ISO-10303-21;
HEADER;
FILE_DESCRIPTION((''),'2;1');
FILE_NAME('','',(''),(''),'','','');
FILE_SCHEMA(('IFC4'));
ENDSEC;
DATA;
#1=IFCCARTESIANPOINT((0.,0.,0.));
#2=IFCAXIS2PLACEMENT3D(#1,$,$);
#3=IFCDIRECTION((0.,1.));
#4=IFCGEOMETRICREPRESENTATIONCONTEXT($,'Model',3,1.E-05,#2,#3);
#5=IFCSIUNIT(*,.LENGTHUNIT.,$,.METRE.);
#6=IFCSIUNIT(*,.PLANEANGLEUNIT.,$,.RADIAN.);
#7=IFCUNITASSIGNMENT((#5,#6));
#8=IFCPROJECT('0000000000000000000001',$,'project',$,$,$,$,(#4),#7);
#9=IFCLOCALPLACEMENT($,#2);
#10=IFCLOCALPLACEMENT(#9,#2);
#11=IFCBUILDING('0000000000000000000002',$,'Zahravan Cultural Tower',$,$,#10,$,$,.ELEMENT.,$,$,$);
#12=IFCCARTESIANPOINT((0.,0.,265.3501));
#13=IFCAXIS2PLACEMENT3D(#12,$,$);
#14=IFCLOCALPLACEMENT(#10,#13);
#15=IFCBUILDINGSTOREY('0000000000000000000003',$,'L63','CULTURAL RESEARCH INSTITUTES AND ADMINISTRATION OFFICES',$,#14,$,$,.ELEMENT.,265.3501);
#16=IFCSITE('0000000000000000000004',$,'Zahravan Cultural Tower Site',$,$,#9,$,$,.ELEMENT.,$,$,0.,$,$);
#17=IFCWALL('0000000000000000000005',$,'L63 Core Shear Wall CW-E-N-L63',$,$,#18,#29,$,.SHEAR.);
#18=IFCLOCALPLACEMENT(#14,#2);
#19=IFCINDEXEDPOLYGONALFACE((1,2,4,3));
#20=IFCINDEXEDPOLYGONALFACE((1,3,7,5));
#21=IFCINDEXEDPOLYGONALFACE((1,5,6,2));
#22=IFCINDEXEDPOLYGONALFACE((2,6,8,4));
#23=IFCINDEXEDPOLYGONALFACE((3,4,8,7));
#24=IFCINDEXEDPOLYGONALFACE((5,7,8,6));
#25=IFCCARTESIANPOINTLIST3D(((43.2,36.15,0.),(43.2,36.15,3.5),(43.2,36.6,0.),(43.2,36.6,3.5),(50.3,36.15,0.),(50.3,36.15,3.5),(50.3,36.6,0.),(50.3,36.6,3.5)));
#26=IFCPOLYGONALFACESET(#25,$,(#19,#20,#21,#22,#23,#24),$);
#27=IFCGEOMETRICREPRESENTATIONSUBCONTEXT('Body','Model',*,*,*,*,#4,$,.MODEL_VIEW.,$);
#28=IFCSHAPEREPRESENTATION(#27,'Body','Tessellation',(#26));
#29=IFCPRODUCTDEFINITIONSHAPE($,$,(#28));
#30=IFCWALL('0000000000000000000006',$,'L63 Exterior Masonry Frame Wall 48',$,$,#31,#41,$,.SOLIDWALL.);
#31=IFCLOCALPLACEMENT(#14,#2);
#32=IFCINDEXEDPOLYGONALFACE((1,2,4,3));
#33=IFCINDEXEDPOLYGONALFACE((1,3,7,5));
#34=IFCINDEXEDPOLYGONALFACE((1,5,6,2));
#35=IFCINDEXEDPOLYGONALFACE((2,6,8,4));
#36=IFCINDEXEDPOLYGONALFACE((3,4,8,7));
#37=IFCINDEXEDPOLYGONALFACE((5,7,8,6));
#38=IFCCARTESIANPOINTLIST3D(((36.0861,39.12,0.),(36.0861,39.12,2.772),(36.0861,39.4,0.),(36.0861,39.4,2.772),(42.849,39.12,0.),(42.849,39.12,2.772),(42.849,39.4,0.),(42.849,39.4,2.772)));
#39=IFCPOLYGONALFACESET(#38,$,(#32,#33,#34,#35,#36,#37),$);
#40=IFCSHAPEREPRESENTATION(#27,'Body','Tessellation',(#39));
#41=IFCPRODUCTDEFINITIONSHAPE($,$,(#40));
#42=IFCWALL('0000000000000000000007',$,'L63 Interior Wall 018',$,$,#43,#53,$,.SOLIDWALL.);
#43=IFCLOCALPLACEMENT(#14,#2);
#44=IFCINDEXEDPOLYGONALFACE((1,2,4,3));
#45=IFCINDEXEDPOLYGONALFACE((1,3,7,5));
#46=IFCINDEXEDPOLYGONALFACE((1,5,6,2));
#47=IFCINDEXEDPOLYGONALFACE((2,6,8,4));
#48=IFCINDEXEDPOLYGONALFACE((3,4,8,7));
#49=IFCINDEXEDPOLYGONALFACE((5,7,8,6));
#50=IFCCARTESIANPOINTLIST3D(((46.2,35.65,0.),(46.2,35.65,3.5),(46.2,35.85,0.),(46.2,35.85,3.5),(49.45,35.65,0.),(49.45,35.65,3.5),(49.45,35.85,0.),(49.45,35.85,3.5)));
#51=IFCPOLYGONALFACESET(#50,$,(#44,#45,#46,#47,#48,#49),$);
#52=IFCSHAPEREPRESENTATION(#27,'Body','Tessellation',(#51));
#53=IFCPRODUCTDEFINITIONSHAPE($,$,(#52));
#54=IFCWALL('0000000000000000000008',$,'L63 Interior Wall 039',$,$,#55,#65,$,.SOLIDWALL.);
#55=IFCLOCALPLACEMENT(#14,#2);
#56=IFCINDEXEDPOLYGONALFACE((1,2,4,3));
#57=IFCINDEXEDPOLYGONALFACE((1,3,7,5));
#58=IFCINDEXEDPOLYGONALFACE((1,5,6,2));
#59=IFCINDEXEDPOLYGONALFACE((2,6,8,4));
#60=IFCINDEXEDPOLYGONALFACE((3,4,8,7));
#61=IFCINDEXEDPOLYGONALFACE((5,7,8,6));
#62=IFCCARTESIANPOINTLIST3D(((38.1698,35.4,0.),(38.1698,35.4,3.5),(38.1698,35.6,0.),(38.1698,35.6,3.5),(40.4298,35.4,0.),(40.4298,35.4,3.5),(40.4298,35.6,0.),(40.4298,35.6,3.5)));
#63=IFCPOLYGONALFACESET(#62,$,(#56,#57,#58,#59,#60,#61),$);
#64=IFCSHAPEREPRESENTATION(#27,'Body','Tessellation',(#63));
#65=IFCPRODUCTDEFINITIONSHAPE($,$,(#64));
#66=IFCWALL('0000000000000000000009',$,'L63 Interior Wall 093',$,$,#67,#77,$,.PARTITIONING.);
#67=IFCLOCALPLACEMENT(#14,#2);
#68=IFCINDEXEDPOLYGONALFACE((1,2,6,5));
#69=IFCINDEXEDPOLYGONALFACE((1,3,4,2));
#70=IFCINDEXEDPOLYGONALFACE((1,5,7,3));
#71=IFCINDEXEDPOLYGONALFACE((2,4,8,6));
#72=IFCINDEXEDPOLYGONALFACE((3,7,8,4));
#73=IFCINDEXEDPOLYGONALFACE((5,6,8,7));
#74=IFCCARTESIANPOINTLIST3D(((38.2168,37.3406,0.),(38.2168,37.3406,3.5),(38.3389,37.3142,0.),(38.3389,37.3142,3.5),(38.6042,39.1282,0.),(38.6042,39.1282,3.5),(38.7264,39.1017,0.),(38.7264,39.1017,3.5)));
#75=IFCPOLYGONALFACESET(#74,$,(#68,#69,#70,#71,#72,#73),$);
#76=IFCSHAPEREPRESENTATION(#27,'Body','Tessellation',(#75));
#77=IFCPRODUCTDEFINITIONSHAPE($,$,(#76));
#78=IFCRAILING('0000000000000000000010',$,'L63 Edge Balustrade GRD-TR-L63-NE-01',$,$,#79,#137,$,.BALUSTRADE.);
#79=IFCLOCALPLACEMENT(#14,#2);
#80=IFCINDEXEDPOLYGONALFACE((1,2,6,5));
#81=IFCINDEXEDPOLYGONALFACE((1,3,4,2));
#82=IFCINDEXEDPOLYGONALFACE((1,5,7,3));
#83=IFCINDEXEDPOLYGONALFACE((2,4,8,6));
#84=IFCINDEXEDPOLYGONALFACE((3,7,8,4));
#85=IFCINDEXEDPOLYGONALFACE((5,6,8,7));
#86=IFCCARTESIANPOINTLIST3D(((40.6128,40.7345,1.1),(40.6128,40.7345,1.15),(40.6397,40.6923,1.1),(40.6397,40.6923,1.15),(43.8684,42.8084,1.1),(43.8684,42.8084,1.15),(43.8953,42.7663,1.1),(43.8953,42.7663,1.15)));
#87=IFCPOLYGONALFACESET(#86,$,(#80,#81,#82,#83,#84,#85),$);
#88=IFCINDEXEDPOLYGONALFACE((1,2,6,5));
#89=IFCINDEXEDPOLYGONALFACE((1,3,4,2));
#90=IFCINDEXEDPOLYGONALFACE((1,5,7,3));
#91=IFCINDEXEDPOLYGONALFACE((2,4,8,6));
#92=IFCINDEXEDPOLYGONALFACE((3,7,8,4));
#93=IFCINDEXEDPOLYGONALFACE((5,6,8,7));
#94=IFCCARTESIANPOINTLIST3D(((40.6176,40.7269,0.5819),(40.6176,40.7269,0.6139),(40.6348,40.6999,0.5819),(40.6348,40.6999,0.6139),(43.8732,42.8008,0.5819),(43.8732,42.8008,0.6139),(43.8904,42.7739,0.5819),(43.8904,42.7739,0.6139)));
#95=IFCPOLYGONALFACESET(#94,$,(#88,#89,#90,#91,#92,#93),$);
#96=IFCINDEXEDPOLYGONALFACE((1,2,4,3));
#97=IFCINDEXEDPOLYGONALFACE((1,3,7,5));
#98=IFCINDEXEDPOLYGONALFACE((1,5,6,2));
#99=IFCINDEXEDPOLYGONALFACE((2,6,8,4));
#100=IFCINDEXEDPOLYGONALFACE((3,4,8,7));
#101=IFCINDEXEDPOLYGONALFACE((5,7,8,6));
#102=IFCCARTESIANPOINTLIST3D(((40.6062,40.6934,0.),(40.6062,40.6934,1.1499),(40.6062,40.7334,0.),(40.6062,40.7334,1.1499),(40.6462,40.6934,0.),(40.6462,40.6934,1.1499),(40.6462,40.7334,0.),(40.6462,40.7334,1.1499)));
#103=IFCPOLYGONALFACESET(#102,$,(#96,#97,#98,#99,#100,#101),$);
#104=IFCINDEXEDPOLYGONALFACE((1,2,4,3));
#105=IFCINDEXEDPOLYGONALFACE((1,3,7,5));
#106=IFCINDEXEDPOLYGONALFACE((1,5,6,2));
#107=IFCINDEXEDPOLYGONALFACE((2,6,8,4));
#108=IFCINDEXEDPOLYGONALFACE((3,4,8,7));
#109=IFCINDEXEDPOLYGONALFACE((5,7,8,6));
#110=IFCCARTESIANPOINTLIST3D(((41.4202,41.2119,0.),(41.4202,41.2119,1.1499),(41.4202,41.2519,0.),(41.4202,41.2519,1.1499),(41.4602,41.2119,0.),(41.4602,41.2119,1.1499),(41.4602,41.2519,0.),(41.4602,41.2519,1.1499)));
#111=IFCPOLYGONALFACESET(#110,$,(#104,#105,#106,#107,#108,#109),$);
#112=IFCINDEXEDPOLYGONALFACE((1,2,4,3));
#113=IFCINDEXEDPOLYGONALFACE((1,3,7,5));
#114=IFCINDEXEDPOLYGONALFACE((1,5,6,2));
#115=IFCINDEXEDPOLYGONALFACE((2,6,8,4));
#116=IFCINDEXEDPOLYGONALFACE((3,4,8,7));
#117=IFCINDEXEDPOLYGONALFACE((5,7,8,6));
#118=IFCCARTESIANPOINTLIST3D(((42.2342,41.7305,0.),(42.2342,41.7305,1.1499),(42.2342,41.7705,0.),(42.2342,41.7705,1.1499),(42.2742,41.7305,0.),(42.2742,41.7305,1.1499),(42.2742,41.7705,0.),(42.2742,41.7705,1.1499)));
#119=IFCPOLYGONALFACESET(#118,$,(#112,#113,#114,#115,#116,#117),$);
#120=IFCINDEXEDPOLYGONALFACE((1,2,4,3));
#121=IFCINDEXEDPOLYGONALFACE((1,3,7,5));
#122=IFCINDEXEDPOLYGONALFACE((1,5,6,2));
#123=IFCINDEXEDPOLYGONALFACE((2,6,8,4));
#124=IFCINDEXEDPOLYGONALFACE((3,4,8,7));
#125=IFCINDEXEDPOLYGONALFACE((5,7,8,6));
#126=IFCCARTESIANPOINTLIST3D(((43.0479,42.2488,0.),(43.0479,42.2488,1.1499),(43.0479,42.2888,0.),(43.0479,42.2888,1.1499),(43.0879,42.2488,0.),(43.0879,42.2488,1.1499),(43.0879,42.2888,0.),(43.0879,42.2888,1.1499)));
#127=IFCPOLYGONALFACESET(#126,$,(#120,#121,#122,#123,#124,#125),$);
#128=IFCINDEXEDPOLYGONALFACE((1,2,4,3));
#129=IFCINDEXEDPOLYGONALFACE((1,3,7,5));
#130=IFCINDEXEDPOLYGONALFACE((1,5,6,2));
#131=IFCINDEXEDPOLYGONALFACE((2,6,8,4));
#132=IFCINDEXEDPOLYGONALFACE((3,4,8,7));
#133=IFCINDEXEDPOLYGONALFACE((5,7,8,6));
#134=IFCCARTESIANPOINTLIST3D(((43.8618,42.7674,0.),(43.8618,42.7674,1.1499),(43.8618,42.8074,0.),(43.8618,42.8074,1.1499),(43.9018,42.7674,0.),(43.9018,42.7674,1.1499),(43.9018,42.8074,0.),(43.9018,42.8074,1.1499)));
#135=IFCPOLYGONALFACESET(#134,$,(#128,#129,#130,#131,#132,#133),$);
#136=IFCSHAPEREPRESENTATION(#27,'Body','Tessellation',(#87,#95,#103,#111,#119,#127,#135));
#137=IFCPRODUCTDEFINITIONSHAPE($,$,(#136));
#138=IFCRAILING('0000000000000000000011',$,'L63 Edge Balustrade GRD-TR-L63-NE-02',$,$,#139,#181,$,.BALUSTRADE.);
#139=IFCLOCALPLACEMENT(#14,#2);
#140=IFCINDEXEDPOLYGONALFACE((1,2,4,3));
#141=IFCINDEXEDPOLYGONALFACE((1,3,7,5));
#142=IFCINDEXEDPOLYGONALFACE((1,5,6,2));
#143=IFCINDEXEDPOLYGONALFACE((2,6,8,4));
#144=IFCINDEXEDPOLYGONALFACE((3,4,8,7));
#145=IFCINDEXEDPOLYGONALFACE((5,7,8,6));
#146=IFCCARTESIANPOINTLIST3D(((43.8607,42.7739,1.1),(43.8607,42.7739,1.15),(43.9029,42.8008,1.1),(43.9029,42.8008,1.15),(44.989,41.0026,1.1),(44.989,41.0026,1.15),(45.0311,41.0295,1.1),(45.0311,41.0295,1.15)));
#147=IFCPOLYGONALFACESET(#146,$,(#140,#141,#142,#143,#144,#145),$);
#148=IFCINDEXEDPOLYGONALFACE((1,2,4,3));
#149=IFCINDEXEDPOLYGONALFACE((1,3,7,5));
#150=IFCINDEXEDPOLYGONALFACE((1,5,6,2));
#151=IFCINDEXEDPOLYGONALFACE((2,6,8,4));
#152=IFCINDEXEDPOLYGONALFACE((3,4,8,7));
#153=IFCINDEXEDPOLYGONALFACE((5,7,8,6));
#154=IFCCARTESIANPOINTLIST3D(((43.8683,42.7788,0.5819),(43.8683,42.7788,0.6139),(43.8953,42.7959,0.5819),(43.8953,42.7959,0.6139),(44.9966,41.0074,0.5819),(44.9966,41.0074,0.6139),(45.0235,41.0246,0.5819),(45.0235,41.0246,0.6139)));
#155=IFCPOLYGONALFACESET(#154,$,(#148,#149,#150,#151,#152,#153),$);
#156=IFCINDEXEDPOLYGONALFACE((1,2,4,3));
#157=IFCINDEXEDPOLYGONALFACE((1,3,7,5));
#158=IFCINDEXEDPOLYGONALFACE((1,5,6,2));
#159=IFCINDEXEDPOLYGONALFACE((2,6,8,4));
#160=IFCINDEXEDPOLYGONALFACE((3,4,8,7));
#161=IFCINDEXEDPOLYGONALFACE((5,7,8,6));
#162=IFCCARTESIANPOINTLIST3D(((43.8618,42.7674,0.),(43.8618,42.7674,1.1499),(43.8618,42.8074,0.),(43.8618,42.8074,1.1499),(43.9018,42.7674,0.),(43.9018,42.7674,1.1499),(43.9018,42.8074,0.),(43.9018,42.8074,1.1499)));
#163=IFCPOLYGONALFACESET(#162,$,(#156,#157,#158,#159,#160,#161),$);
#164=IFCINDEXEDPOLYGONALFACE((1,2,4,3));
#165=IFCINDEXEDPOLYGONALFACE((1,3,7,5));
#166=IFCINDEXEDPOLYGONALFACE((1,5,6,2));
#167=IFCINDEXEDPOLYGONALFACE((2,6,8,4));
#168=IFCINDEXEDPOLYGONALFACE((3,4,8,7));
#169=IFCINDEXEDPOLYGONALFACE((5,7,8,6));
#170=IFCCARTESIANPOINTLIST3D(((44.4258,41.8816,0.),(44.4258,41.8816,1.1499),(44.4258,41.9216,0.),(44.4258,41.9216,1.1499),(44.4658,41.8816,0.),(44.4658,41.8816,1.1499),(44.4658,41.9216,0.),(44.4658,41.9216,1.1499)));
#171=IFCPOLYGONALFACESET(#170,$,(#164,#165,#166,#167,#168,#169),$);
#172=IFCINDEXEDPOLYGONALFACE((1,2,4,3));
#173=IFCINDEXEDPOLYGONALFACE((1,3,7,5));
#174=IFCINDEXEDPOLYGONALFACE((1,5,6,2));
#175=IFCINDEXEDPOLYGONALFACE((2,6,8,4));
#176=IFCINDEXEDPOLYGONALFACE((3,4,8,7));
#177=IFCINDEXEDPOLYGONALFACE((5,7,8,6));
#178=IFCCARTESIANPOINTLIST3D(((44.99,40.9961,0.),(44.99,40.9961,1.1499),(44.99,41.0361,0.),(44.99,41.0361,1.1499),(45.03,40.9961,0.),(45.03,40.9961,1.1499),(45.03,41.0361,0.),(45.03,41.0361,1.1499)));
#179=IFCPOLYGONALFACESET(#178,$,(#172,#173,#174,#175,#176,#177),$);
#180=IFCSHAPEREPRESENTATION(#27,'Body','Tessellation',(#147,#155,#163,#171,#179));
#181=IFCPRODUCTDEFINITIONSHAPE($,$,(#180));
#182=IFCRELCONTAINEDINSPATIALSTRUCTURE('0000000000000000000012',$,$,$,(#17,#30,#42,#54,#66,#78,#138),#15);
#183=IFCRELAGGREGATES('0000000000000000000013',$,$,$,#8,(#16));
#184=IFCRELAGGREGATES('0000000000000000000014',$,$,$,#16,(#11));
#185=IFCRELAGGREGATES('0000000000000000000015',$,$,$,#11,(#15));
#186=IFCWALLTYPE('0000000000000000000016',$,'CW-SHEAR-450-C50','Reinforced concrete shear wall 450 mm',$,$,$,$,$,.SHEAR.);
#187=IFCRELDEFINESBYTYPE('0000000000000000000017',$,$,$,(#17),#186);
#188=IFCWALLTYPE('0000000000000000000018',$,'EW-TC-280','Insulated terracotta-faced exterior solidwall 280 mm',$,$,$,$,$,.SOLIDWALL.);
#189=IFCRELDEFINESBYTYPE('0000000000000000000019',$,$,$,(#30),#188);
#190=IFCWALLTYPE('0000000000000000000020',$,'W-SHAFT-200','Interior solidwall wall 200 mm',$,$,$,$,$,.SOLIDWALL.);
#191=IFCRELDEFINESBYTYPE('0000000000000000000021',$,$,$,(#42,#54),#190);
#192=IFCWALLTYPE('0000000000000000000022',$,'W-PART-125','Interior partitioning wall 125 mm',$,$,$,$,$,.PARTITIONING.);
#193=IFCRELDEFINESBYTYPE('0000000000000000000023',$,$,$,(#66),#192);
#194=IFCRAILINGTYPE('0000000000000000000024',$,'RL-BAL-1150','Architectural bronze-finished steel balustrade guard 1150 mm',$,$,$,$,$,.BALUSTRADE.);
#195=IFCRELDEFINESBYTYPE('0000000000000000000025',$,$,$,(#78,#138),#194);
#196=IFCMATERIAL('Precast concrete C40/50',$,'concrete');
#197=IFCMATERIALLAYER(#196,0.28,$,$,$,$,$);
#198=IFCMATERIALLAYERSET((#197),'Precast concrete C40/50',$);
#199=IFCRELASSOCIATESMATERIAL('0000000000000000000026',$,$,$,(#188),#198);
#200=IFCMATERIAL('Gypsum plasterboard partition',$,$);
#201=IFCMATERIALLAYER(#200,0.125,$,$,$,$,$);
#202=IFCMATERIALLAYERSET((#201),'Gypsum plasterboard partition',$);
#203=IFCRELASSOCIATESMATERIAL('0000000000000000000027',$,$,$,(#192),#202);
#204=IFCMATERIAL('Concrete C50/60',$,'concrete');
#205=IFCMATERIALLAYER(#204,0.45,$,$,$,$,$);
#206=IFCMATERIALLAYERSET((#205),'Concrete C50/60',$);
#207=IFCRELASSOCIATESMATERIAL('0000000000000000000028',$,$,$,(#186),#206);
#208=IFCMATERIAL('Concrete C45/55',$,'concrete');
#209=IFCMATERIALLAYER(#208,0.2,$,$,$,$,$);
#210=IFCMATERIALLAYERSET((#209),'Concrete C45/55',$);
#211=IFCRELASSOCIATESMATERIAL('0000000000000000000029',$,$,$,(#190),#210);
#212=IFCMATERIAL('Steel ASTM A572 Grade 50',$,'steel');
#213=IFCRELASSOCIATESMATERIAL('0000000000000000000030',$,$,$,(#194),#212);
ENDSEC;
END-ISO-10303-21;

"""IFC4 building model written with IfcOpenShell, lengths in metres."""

from ifc_helpers import new_model, si_unit, direction, frame, frame_2d, origin, origin_2d, place, context, subcontext, project, spatial, rectangle, extrude, source, transform, mapped, material, layer, layer_set, type_object, element, save


model = new_model("IFC4")

# Units and contexts
model_context = context("Model", 3, precision=1e-05, world=origin(), true_north=direction((0.0, 1.0)))
body_context = subcontext(model_context, "Body", "Model", "MODEL_VIEW")
ifc_project = project(units=[si_unit("LENGTHUNIT", "METRE"), si_unit("PLANEANGLEUNIT", "RADIAN")], contexts=[model_context])

# Site, building, storey
site_placement = place(None, origin())
site = spatial("IfcSite", under=ifc_project, at=site_placement, Name="Zahravan Cultural Tower Site", CompositionType="ELEMENT", RefElevation=0.0)
building_placement = place(site_placement, origin())
building = spatial("IfcBuilding", under=site, at=building_placement, Name="Zahravan Cultural Tower", CompositionType="ELEMENT")
storey_placement = place(building_placement, frame((0.0, 0.0, 265.3501)))
storey = spatial("IfcBuildingStorey", under=building, at=storey_placement, Name="L63", Description="CULTURAL RESEARCH INSTITUTES AND ADMINISTRATION OFFICES", CompositionType="ELEMENT", Elevation=265.3501)

# Shared definitions
ifc_material_1 = material(Name="Concrete C50/60", Category="concrete")

# Shared definitions
ifc_material_2 = material(Name="Concrete C45/55", Category="concrete")

# Shared definitions
ifc_material_3 = material(Name="Precast concrete C40/50", Category="concrete")
ifc_layer_1 = layer(ifc_material_3, 0.28)
ifc_layer_set_1 = layer_set([ifc_layer_1], Name="Precast concrete C40/50")
wall_type_1 = type_object("IfcWallType", Name="EW-TC-280", Description="Insulated terracotta-faced exterior solidwall 280 mm", PredefinedType="SOLIDWALL", material=ifc_layer_set_1)
ifc_material_4 = material(Name="Gypsum plasterboard partition")
ifc_layer_2 = layer(ifc_material_4, 0.125)
ifc_layer_set_2 = layer_set([ifc_layer_2], Name="Gypsum plasterboard partition")
wall_type_2 = type_object("IfcWallType", Name="W-PART-125", Description="Interior partitioning wall 125 mm", PredefinedType="PARTITIONING", material=ifc_layer_set_2)

# Walls
ifc_layer_3 = layer(ifc_material_1, 0.45)
ifc_layer_set_3 = layer_set([ifc_layer_3], Name="Concrete C50/60")
wall_type_3 = type_object("IfcWallType", Name="CW-SHEAR-450-C50", Description="Reinforced concrete shear wall 450 mm", PredefinedType="SHEAR", material=ifc_layer_set_3)
shared_shape_1 = source(origin(), body_context, "Body", "SweptSolid", [
    extrude(rectangle(XDim=7.1001, YDim=0.45, at=frame_2d((3.55, 0.0))), origin(), (0.0, 0.0, 1.0), 3.5),
])
wall_1_placement = place(storey_placement, frame((43.2, 36.375, 0.0), z_axis=(0.0, 0.0, 1.0), x_axis=(1.0, 0.0, 0.0)))
element("IfcWall", 1, at=wall_1_placement, inside=storey, type_object=wall_type_3, Name="L63 Core Shear Wall CW-E-N-L63", PredefinedType="SHEAR", context=body_context, shape_type="MappedRepresentation", body=[
    mapped(shared_shape_1, transform((0.0, 0.0, 0.0), x_axis=(1.0, 0.0, 0.0), y_axis=(0.0, 1.0, 0.0), z_axis=(0.0, 0.0, 1.0), scale=1.0)),
])
shared_shape_2 = source(origin(), body_context, "Body", "SweptSolid", [
    extrude(rectangle(XDim=6.7629, YDim=0.28, at=frame_2d((3.3813, 0.0))), origin(), (0.0, 0.0, 1.0), 2.772),
])
wall_2_placement = place(storey_placement, frame((36.0862, 39.26, 0.0), z_axis=(0.0, 0.0, 1.0), x_axis=(1.0, 0.0, 0.0)))
element("IfcWall", 2, at=wall_2_placement, inside=storey, type_object=wall_type_1, Name="L63 Exterior Masonry Frame Wall 48", PredefinedType="SOLIDWALL", context=body_context, shape_type="MappedRepresentation", body=[
    mapped(shared_shape_2, transform((0.0, 0.0, 0.0), x_axis=(1.0, 0.0, 0.0), y_axis=(0.0, 1.0, 0.0), z_axis=(0.0, 0.0, 1.0), scale=1.0)),
])
ifc_layer_4 = layer(ifc_material_2, 0.2)
ifc_layer_set_4 = layer_set([ifc_layer_4], Name="Concrete C45/55")
wall_type_4 = type_object("IfcWallType", Name="W-SHAFT-200", Description="Interior solidwall wall 200 mm", PredefinedType="SOLIDWALL", material=ifc_layer_set_4)
shared_shape_3 = source(origin(), body_context, "Body", "SweptSolid", [
    extrude(rectangle(XDim=3.25, YDim=0.2, at=frame_2d((1.625, 0.0))), origin(), (0.0, 0.0, 1.0), 3.5),
])
wall_3_placement = place(storey_placement, frame((46.2, 35.75, 0.0), z_axis=(0.0, 0.0, 1.0), x_axis=(1.0, 0.0, 0.0)))
element("IfcWall", 3, at=wall_3_placement, inside=storey, type_object=wall_type_4, Name="L63 Interior Wall 018", PredefinedType="SOLIDWALL", context=body_context, shape_type="MappedRepresentation", body=[
    mapped(shared_shape_3, transform((0.0, 0.0, 0.0), x_axis=(1.0, 0.0, 0.0), y_axis=(0.0, 1.0, 0.0), z_axis=(0.0, 0.0, 1.0), scale=1.0)),
])
shared_shape_4 = source(origin(), body_context, "Body", "SweptSolid", [
    extrude(rectangle(XDim=2.26, YDim=0.2, at=frame_2d((1.1299, 0.0))), origin(), (0.0, 0.0, 1.0), 3.5),
])
wall_4_placement = place(storey_placement, frame((38.1699, 35.5, 0.0), z_axis=(0.0, 0.0, 1.0), x_axis=(1.0, 0.0, 0.0)))
element("IfcWall", 4, at=wall_4_placement, inside=storey, type_object=wall_type_4, Name="L63 Interior Wall 039", PredefinedType="SOLIDWALL", context=body_context, shape_type="MappedRepresentation", body=[
    mapped(shared_shape_4, transform((0.0, 0.0, 0.0), x_axis=(1.0, 0.0, 0.0), y_axis=(0.0, 1.0, 0.0), z_axis=(0.0, 0.0, 1.0), scale=1.0)),
])
shared_shape_5 = source(origin(), body_context, "Body", "SweptSolid", [
    extrude(rectangle(XDim=1.8291, YDim=0.125, at=frame_2d((0.9146, 0.0))), origin(), (0.0, 0.0, 1.0), 3.5),
])
wall_5_placement = place(storey_placement, frame((38.2778, 37.3274, 0.0), z_axis=(0.0, 0.0, 1.0), x_axis=(0.211826, 0.977307, 0.0)))
element("IfcWall", 5, at=wall_5_placement, inside=storey, type_object=wall_type_2, Name="L63 Interior Wall 093", PredefinedType="PARTITIONING", context=body_context, shape_type="MappedRepresentation", body=[
    mapped(shared_shape_5, transform((0.0, 0.0, 0.0), x_axis=(1.0, 0.0, 0.0), y_axis=(0.0, 1.0, 0.0), z_axis=(0.0, 0.0, 1.0), scale=1.0)),
])

# Railings
ifc_material_5 = material(Name="Steel ASTM A572 Grade 50", Category="steel")
railing_type = type_object("IfcRailingType", Name="RL-BAL-1150", Description="Architectural bronze-finished steel balustrade guard 1150 mm", PredefinedType="BALUSTRADE", material=ifc_material_5)
railing_1_placement = place(storey_placement, frame((40.6262, 40.7134, 0.0)))
element("IfcRailing", 6, at=railing_1_placement, inside=storey, type_object=railing_type, Name="L63 Edge Balustrade GRD-TR-L63-NE-01", PredefinedType="BALUSTRADE", context=body_context, shape_type="SweptSolid", body=[
    extrude(rectangle(XDim=0.05, YDim=0.05, at=origin_2d()), frame((0.0, 0.0, 1.125), z_axis=(0.843401, 0.537285, 0.0), x_axis=(-0.537285, 0.843401, 0.0)), (0.0, 0.0, 1.0), 3.8601),
    extrude(rectangle(XDim=0.032, YDim=0.032, at=origin_2d()), frame((0.0, 0.0, 0.5979), z_axis=(0.843401, 0.537285, 0.0), x_axis=(-0.537285, 0.843401, 0.0)), (0.0, 0.0, 1.0), 3.8601),
    extrude(rectangle(XDim=0.04, YDim=0.04, at=origin_2d()), origin(), (0.0, 0.0, 1.0), 1.1499),
    extrude(rectangle(XDim=0.04, YDim=0.04, at=origin_2d()), frame((0.814, 0.5186, 0.0)), (0.0, 0.0, 1.0), 1.1499),
    extrude(rectangle(XDim=0.04, YDim=0.04, at=origin_2d()), frame((1.6279, 1.0371, 0.0)), (0.0, 0.0, 1.0), 1.1499),
    extrude(rectangle(XDim=0.04, YDim=0.04, at=origin_2d()), frame((2.4417, 1.5554, 0.0)), (0.0, 0.0, 1.0), 1.1499),
    extrude(rectangle(XDim=0.04, YDim=0.04, at=origin_2d()), frame((3.2556, 2.074, 0.0)), (0.0, 0.0, 1.0), 1.1499),
])
railing_2_placement = place(storey_placement, frame((43.8818, 42.7874, 0.0)))
element("IfcRailing", 7, at=railing_2_placement, inside=storey, type_object=railing_type, Name="L63 Edge Balustrade GRD-TR-L63-NE-02", PredefinedType="BALUSTRADE", context=body_context, shape_type="SweptSolid", body=[
    extrude(rectangle(XDim=0.05, YDim=0.05, at=origin_2d()), frame((0.0, 0.0, 1.125), z_axis=(0.537221, -0.843441, 0.0), x_axis=(0.843441, 0.537221, 0.0)), (0.0, 0.0, 1.0), 2.1001),
    extrude(rectangle(XDim=0.032, YDim=0.032, at=origin_2d()), frame((0.0, 0.0, 0.5979), z_axis=(0.537221, -0.843441, 0.0), x_axis=(0.843441, 0.537221, 0.0)), (0.0, 0.0, 1.0), 2.1001),
    extrude(rectangle(XDim=0.04, YDim=0.04, at=origin_2d()), origin(), (0.0, 0.0, 1.0), 1.1499),
    extrude(rectangle(XDim=0.04, YDim=0.04, at=origin_2d()), frame((0.564, -0.8857, 0.0)), (0.0, 0.0, 1.0), 1.1499),
    extrude(rectangle(XDim=0.04, YDim=0.04, at=origin_2d()), frame((1.1282, -1.7712, 0.0)), (0.0, 0.0, 1.0), 1.1499),
])

save(model, "model.ifc")
